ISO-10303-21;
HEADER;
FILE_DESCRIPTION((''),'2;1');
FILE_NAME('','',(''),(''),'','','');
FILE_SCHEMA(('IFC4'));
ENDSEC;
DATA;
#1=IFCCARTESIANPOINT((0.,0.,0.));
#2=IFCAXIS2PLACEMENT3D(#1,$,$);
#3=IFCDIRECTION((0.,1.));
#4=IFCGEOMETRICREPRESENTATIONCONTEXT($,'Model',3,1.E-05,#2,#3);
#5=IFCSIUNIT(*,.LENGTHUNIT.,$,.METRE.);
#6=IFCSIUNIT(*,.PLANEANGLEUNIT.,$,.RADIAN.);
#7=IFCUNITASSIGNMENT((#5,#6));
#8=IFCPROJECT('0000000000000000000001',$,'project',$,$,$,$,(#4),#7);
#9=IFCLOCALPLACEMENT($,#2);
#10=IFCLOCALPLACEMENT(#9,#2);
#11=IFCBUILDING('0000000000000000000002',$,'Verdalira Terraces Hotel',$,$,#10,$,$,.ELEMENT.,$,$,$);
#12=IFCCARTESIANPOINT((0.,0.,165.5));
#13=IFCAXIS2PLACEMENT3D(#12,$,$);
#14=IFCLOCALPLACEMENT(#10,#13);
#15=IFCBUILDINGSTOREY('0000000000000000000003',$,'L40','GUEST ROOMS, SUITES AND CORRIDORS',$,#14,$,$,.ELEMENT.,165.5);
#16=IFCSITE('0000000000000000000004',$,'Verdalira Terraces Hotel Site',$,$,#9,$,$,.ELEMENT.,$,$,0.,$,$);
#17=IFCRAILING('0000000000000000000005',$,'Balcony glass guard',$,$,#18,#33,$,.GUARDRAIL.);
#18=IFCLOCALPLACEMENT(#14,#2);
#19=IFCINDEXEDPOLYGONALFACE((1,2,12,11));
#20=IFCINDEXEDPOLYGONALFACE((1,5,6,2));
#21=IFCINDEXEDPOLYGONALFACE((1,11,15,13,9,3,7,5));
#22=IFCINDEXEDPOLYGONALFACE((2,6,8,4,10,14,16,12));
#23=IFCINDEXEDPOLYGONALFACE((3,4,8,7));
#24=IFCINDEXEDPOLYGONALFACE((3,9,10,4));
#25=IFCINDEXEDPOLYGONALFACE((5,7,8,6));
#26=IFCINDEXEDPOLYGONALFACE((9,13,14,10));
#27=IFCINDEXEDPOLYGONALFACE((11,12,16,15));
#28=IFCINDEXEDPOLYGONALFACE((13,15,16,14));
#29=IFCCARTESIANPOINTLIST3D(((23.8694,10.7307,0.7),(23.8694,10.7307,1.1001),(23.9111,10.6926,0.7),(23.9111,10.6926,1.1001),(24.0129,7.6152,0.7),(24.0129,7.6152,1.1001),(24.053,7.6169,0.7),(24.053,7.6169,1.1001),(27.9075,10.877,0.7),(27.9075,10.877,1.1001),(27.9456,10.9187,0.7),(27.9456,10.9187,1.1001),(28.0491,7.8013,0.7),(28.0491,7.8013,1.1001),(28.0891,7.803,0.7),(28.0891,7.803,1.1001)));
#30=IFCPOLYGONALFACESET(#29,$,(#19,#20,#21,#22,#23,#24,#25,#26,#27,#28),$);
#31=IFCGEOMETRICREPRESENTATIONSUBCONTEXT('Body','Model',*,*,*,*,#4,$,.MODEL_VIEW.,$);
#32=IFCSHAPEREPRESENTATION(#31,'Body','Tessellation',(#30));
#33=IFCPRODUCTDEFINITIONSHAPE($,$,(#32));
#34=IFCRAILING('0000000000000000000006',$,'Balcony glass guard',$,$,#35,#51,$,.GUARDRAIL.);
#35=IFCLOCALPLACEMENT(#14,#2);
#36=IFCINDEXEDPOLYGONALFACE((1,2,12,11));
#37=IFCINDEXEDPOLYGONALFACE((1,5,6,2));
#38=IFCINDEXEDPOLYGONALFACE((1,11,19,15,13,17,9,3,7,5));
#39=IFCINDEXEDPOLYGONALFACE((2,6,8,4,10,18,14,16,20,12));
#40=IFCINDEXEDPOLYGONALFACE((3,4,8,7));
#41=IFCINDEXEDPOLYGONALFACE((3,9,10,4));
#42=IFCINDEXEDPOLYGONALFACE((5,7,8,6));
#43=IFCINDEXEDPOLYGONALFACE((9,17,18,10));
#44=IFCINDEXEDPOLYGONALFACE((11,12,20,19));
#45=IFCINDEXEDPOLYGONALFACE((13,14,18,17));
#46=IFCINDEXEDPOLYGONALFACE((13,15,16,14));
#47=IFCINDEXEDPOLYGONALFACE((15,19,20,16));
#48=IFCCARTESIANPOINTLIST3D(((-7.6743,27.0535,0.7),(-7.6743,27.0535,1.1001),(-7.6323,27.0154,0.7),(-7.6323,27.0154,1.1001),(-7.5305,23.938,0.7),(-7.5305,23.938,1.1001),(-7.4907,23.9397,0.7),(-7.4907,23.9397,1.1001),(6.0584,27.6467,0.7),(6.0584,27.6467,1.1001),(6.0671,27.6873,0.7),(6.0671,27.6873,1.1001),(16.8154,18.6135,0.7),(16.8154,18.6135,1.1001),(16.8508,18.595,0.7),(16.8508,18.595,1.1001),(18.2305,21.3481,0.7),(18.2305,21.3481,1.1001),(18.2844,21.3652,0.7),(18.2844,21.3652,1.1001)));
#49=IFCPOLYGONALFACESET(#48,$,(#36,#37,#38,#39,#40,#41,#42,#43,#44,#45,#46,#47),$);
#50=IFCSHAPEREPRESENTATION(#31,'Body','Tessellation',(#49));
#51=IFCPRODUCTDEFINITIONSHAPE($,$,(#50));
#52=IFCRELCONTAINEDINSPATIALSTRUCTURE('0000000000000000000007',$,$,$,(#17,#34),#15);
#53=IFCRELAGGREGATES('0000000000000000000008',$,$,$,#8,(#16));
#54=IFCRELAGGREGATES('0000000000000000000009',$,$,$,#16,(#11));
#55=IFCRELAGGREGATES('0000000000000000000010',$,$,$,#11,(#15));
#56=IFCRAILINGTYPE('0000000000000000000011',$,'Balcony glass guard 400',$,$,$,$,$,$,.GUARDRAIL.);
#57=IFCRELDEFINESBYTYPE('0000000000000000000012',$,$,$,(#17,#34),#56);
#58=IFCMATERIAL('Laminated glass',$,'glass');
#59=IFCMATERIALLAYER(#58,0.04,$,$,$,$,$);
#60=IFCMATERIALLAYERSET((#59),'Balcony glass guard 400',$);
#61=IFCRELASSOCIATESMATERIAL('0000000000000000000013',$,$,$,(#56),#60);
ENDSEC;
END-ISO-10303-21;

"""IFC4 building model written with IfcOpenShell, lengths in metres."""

from ifc_helpers import new_model, si_unit, direction, frame, origin, place, context, subcontext, project, spatial, polyline, outline, extrude, material, layer, layer_set, type_object, element, save


model = new_model("IFC4")

# Units and contexts
model_context = context("Model", 3, precision=1e-05, world=origin(), true_north=direction((0.0, 1.0)))
body_context = subcontext(model_context, "Body", "Model", "MODEL_VIEW")
ifc_project = project(units=[si_unit("LENGTHUNIT", "METRE"), si_unit("PLANEANGLEUNIT", "RADIAN")], contexts=[model_context])

# Site, building, storey
site_placement = place(None, origin())
site = spatial("IfcSite", under=ifc_project, at=site_placement, Name="Verdalira Terraces Hotel Site", CompositionType="ELEMENT", RefElevation=0.0)
building_placement = place(site_placement, origin())
building = spatial("IfcBuilding", under=site, at=building_placement, Name="Verdalira Terraces Hotel", CompositionType="ELEMENT")
storey_placement = place(building_placement, frame((0.0, 0.0, 165.5)))
storey = spatial("IfcBuildingStorey", under=building, at=storey_placement, Name="L40", Description="GUEST ROOMS, SUITES AND CORRIDORS", CompositionType="ELEMENT", Elevation=165.5)

# Railings
ifc_material_1 = material(Name="Laminated glass", Category="glass")
ifc_layer_1 = layer(ifc_material_1, 0.04)
ifc_layer_set_1 = layer_set([ifc_layer_1], Name="Balcony glass guard 400")
railing_type_1 = type_object("IfcRailingType", Name="Balcony glass guard 400", PredefinedType="GUARDRAIL", material=ifc_layer_set_1)
railing_1_placement = place(storey_placement, frame((0.0, 0.0, 0.7)))
element("IfcRailing", 1, at=railing_1_placement, inside=storey, type_object=railing_type_1, Name="Balcony glass guard", PredefinedType="GUARDRAIL", context=body_context, shape_type="SweptSolid", body=[
    extrude(outline(polyline([(27.9075, 10.877), (23.9111, 10.6926), (24.053, 7.6169), (24.0129, 7.6152), (23.8694, 10.7307), (27.9456, 10.9187), (28.0891, 7.803), (28.0491, 7.8013), (27.9075, 10.877)])), origin(), (0.0, 0.0, 1.0), 0.4001),
])
railing_2_placement = place(storey_placement, frame((0.0, 0.0, 0.7)))
element("IfcRailing", 2, at=railing_2_placement, inside=storey, type_object=railing_type_1, Name="Balcony glass guard", PredefinedType="GUARDRAIL", context=body_context, shape_type="SweptSolid", body=[
    extrude(outline(polyline([(18.2305, 21.3481), (6.0583, 27.6467), (-7.6323, 27.0154), (-7.4907, 23.9397), (-7.5305, 23.938), (-7.6743, 27.0535), (6.0671, 27.6873), (18.2844, 21.3652), (16.8508, 18.595), (16.8154, 18.6135), (18.2305, 21.3481)])), origin(), (0.0, 0.0, 1.0), 0.4001),
])

save(model, "model.ifc")
